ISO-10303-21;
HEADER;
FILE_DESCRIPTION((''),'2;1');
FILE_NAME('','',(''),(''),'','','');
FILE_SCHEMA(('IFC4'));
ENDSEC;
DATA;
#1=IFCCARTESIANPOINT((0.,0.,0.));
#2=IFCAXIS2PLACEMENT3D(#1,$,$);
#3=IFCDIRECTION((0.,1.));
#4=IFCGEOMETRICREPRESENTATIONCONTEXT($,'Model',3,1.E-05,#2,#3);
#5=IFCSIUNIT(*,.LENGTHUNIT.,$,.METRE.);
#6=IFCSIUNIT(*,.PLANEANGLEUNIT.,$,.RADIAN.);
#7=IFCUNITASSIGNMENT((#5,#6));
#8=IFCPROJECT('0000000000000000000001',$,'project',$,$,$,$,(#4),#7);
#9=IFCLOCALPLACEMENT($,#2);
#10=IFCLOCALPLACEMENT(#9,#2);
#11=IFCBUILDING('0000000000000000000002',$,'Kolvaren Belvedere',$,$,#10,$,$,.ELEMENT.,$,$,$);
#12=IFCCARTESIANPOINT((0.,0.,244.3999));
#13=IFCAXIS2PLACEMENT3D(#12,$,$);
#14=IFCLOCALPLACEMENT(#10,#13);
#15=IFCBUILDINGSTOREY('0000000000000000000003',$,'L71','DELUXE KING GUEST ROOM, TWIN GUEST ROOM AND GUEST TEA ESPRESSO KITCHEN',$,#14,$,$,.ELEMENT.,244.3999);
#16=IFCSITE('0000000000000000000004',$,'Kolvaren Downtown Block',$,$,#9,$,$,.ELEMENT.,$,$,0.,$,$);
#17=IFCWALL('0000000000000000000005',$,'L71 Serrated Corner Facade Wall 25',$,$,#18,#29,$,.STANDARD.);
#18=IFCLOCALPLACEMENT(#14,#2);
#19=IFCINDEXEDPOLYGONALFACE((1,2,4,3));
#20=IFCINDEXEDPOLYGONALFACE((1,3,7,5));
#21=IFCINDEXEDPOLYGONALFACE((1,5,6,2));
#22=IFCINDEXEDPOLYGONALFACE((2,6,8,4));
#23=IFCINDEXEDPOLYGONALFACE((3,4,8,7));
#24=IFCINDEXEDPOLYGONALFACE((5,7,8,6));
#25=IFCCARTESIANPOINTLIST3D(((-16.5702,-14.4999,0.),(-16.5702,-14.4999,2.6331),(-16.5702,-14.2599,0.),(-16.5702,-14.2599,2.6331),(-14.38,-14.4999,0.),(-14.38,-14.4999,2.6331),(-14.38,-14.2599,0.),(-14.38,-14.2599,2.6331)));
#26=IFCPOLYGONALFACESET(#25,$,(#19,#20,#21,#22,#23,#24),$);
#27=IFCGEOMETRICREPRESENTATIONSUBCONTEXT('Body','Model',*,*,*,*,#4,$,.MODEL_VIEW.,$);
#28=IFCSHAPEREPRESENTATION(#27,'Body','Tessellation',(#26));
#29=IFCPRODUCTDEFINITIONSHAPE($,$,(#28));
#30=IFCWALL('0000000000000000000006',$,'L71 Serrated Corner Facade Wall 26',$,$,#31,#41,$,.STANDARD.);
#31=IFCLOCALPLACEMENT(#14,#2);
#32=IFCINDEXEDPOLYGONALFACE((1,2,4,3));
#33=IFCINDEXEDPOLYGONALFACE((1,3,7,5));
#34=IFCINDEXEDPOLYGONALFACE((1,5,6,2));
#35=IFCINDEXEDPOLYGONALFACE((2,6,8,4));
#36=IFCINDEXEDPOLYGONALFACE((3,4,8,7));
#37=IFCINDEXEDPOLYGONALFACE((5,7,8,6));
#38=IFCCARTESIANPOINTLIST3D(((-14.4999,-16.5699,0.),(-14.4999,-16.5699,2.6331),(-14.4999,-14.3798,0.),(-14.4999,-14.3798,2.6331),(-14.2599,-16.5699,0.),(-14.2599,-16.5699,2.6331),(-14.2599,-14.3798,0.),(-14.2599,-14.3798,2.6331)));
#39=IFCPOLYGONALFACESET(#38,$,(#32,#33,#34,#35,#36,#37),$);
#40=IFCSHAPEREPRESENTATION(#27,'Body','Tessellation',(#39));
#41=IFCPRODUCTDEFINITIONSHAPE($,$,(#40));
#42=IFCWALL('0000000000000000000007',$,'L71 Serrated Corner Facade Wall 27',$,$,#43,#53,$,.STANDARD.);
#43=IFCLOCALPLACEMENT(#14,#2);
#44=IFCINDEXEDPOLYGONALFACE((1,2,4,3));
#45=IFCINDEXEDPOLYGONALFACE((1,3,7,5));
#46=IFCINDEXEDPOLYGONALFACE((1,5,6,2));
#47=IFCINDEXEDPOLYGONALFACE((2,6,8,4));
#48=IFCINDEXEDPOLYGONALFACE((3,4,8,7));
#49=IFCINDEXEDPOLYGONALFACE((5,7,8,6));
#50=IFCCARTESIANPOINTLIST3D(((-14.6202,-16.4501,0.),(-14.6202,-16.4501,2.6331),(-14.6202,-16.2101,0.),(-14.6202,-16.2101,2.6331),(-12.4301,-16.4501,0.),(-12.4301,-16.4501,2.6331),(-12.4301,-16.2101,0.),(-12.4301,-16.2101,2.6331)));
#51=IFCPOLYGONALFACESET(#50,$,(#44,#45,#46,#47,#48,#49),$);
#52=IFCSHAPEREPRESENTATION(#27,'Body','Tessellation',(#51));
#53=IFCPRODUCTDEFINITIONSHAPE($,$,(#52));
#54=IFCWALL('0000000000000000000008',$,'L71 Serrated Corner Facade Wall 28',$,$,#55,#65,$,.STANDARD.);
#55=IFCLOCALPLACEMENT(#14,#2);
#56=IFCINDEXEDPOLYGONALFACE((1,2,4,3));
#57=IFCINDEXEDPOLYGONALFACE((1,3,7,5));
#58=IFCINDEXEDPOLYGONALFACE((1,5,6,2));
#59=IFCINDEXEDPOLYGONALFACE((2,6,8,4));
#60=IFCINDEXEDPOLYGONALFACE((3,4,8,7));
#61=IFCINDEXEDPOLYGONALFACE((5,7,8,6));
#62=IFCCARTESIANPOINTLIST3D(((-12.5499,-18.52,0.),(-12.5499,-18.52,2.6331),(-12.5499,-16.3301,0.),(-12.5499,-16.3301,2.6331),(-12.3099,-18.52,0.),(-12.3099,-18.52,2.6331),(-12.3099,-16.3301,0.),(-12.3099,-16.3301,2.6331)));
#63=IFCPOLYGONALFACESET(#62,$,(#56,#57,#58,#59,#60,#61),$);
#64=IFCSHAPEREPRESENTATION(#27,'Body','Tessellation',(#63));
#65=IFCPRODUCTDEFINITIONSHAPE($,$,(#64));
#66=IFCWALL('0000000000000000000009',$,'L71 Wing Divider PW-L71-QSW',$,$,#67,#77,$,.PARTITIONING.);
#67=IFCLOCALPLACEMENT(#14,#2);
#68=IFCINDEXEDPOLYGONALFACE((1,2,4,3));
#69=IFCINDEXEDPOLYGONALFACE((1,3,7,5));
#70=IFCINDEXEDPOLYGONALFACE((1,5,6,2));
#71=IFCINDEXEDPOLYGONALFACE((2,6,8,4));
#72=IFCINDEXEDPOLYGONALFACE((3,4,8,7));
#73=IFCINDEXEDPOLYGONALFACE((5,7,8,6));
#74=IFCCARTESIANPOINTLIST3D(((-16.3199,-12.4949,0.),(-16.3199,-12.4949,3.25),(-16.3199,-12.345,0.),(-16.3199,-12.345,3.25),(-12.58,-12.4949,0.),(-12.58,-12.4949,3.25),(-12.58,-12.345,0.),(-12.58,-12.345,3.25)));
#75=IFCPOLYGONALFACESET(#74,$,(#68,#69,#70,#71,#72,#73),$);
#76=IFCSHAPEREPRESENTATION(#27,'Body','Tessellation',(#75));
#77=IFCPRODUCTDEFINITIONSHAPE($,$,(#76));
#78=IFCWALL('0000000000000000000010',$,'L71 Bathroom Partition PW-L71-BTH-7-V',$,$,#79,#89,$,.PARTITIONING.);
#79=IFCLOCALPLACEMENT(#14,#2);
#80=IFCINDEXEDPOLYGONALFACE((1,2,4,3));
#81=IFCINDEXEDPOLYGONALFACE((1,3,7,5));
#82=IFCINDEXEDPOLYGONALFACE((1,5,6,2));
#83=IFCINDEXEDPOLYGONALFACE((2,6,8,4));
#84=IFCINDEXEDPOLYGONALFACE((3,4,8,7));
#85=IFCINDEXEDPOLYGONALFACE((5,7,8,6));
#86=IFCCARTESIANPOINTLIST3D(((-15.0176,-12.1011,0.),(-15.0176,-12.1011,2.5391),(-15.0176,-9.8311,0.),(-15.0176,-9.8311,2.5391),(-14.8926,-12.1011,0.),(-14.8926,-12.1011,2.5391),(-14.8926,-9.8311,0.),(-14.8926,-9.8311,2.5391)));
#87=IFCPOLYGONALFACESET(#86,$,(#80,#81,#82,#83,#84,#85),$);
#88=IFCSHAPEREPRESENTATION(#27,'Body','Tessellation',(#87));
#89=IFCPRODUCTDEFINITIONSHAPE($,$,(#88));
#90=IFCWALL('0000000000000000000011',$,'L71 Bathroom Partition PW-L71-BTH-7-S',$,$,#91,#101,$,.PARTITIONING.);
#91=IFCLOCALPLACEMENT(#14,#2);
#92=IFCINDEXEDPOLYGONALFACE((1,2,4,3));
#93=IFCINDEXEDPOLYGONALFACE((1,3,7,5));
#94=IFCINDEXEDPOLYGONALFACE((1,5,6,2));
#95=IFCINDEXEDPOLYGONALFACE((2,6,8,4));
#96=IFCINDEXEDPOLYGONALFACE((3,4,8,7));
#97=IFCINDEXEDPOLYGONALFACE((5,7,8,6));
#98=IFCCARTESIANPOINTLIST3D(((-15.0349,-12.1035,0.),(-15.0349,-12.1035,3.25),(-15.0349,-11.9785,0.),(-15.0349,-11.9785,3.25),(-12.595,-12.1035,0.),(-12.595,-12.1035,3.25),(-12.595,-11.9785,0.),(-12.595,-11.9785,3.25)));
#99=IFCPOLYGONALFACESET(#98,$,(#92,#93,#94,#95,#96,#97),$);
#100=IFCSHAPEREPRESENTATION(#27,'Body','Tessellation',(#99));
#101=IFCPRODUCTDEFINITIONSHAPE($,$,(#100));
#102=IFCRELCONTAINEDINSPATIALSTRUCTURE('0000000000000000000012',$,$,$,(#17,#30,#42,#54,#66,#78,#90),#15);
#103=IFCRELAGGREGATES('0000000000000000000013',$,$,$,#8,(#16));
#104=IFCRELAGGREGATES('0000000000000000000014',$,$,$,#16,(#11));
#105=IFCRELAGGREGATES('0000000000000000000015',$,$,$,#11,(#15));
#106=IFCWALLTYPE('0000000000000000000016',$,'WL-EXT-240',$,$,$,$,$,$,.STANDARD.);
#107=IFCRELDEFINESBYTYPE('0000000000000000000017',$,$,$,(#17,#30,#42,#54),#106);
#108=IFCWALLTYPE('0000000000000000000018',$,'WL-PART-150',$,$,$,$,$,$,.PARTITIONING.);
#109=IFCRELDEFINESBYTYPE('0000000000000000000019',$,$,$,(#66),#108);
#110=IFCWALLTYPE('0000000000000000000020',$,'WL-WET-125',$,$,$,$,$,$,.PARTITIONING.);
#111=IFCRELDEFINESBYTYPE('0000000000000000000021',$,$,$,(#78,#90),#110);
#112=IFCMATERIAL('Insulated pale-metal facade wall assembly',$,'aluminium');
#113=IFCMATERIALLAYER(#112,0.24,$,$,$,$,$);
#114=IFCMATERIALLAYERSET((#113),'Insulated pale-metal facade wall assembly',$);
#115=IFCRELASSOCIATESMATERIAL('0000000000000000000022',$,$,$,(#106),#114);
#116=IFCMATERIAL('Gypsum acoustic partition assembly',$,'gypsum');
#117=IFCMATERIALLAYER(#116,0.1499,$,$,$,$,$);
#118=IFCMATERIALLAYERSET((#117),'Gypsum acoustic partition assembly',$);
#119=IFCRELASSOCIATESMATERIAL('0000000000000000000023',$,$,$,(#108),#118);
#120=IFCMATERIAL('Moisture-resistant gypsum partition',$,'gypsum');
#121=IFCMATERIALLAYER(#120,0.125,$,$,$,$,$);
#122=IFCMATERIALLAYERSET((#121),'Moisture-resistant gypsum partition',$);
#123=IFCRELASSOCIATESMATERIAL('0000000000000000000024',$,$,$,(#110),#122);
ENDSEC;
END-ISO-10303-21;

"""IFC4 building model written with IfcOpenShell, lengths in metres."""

from ifc_helpers import new_model, si_unit, direction, frame, frame_2d, origin, place, context, subcontext, project, spatial, rectangle, extrude, material, layer, layer_set, type_object, element, save


model = new_model("IFC4")

# Units and contexts
model_context = context("Model", 3, precision=1e-05, world=origin(), true_north=direction((0.0, 1.0)))
body_context = subcontext(model_context, "Body", "Model", "MODEL_VIEW")
ifc_project = project(units=[si_unit("LENGTHUNIT", "METRE"), si_unit("PLANEANGLEUNIT", "RADIAN")], contexts=[model_context])

# Site, building, storey
site_placement = place(None, origin())
site = spatial("IfcSite", under=ifc_project, at=site_placement, Name="Kolvaren Downtown Block", CompositionType="ELEMENT", RefElevation=0.0)
building_placement = place(site_placement, origin())
building = spatial("IfcBuilding", under=site, at=building_placement, Name="Kolvaren Belvedere", CompositionType="ELEMENT")
storey_placement = place(building_placement, frame((0.0, 0.0, 244.3999)))
storey = spatial("IfcBuildingStorey", under=building, at=storey_placement, Name="L71", Description="DELUXE KING GUEST ROOM, TWIN GUEST ROOM AND GUEST TEA ESPRESSO KITCHEN", CompositionType="ELEMENT", Elevation=244.3999)

# Walls
ifc_material_1 = material(Name="Insulated pale-metal facade wall assembly", Category="aluminium")
ifc_layer_1 = layer(ifc_material_1, 0.24)
ifc_layer_set_1 = layer_set([ifc_layer_1], Name="Insulated pale-metal facade wall assembly")
wall_type_1 = type_object("IfcWallType", Name="WL-EXT-240", PredefinedType="STANDARD", material=ifc_layer_set_1)
for number, where, z_axis, x_axis, name in (
    (1, (-14.3799, -14.3799, 0.0), (0.0, 0.0, 1.0), (-1.0, 0.0, 0.0), "L71 Serrated Corner Facade Wall 25"),
    (2, (-14.3799, -16.5701, 0.0), (0.0, 0.0, 1.0), (0.0, 1.0, 0.0), "L71 Serrated Corner Facade Wall 26"),
    (3, (-12.4299, -16.3301, 0.0), (0.0, 0.0, 1.0), (-1.0, 0.0, 0.0), "L71 Serrated Corner Facade Wall 27"),
):
    element("IfcWall", number, at=place(storey_placement, frame(where, z_axis=z_axis, x_axis=x_axis)), inside=storey, type_object=wall_type_1, Name=name, PredefinedType="STANDARD", context=body_context, shape_type="SweptSolid", body=[
        extrude(rectangle(XDim=2.1902, YDim=0.24, at=frame_2d((1.0952, 0.0))), origin(), (0.0, 0.0, 1.0), 2.6331),
    ])
wall_1_placement = place(storey_placement, frame((-12.4299, -18.52, 0.0), z_axis=(0.0, 0.0, 1.0), x_axis=(0.0, 1.0, 0.0)))
element("IfcWall", 4, at=wall_1_placement, inside=storey, type_object=wall_type_1, Name="L71 Serrated Corner Facade Wall 28", PredefinedType="STANDARD", context=body_context, shape_type="SweptSolid", body=[
    extrude(rectangle(XDim=2.1899, YDim=0.24, at=frame_2d((1.095, 0.0))), origin(), (0.0, 0.0, 1.0), 2.6331),
])
ifc_material_2 = material(Name="Gypsum acoustic partition assembly", Category="gypsum")
ifc_layer_2 = layer(ifc_material_2, 0.1499)
ifc_layer_set_2 = layer_set([ifc_layer_2], Name="Gypsum acoustic partition assembly")
wall_type_2 = type_object("IfcWallType", Name="WL-PART-150", PredefinedType="PARTITIONING", material=ifc_layer_set_2)
wall_2_placement = place(storey_placement, frame((-16.3201, -12.4199, 0.0), z_axis=(0.0, 0.0, 1.0), x_axis=(1.0, 0.0, 0.0)))
element("IfcWall", 5, at=wall_2_placement, inside=storey, type_object=wall_type_2, Name="L71 Wing Divider PW-L71-QSW", PredefinedType="PARTITIONING", context=body_context, shape_type="SweptSolid", body=[
    extrude(rectangle(XDim=3.74, YDim=0.1499, at=frame_2d((1.8701, 0.0))), origin(), (0.0, 0.0, 1.0), 3.25),
])
ifc_material_3 = material(Name="Moisture-resistant gypsum partition", Category="gypsum")
ifc_layer_3 = layer(ifc_material_3, 0.125)
ifc_layer_set_3 = layer_set([ifc_layer_3], Name="Moisture-resistant gypsum partition")
wall_type_3 = type_object("IfcWallType", Name="WL-WET-125", PredefinedType="PARTITIONING", material=ifc_layer_set_3)
wall_3_placement = place(storey_placement, frame((-14.9551, -12.1011, 0.0), z_axis=(0.0, 0.0, 1.0), x_axis=(0.0, 1.0, 0.0)))
element("IfcWall", 6, at=wall_3_placement, inside=storey, type_object=wall_type_3, Name="L71 Bathroom Partition PW-L71-BTH-7-V", PredefinedType="PARTITIONING", context=body_context, shape_type="SweptSolid", body=[
    extrude(rectangle(XDim=2.27, YDim=0.125, at=frame_2d((1.135, 0.0))), origin(), (0.0, 0.0, 1.0), 2.5391),
])
wall_4_placement = place(storey_placement, frame((-15.0349, -12.041, 0.0), z_axis=(0.0, 0.0, 1.0), x_axis=(1.0, 0.0, 0.0)))
element("IfcWall", 7, at=wall_4_placement, inside=storey, type_object=wall_type_3, Name="L71 Bathroom Partition PW-L71-BTH-7-S", PredefinedType="PARTITIONING", context=body_context, shape_type="SweptSolid", body=[
    extrude(rectangle(XDim=2.4399, YDim=0.125, at=frame_2d((1.22, 0.0))), origin(), (0.0, 0.0, 1.0), 3.25),
])

save(model, "model.ifc")
